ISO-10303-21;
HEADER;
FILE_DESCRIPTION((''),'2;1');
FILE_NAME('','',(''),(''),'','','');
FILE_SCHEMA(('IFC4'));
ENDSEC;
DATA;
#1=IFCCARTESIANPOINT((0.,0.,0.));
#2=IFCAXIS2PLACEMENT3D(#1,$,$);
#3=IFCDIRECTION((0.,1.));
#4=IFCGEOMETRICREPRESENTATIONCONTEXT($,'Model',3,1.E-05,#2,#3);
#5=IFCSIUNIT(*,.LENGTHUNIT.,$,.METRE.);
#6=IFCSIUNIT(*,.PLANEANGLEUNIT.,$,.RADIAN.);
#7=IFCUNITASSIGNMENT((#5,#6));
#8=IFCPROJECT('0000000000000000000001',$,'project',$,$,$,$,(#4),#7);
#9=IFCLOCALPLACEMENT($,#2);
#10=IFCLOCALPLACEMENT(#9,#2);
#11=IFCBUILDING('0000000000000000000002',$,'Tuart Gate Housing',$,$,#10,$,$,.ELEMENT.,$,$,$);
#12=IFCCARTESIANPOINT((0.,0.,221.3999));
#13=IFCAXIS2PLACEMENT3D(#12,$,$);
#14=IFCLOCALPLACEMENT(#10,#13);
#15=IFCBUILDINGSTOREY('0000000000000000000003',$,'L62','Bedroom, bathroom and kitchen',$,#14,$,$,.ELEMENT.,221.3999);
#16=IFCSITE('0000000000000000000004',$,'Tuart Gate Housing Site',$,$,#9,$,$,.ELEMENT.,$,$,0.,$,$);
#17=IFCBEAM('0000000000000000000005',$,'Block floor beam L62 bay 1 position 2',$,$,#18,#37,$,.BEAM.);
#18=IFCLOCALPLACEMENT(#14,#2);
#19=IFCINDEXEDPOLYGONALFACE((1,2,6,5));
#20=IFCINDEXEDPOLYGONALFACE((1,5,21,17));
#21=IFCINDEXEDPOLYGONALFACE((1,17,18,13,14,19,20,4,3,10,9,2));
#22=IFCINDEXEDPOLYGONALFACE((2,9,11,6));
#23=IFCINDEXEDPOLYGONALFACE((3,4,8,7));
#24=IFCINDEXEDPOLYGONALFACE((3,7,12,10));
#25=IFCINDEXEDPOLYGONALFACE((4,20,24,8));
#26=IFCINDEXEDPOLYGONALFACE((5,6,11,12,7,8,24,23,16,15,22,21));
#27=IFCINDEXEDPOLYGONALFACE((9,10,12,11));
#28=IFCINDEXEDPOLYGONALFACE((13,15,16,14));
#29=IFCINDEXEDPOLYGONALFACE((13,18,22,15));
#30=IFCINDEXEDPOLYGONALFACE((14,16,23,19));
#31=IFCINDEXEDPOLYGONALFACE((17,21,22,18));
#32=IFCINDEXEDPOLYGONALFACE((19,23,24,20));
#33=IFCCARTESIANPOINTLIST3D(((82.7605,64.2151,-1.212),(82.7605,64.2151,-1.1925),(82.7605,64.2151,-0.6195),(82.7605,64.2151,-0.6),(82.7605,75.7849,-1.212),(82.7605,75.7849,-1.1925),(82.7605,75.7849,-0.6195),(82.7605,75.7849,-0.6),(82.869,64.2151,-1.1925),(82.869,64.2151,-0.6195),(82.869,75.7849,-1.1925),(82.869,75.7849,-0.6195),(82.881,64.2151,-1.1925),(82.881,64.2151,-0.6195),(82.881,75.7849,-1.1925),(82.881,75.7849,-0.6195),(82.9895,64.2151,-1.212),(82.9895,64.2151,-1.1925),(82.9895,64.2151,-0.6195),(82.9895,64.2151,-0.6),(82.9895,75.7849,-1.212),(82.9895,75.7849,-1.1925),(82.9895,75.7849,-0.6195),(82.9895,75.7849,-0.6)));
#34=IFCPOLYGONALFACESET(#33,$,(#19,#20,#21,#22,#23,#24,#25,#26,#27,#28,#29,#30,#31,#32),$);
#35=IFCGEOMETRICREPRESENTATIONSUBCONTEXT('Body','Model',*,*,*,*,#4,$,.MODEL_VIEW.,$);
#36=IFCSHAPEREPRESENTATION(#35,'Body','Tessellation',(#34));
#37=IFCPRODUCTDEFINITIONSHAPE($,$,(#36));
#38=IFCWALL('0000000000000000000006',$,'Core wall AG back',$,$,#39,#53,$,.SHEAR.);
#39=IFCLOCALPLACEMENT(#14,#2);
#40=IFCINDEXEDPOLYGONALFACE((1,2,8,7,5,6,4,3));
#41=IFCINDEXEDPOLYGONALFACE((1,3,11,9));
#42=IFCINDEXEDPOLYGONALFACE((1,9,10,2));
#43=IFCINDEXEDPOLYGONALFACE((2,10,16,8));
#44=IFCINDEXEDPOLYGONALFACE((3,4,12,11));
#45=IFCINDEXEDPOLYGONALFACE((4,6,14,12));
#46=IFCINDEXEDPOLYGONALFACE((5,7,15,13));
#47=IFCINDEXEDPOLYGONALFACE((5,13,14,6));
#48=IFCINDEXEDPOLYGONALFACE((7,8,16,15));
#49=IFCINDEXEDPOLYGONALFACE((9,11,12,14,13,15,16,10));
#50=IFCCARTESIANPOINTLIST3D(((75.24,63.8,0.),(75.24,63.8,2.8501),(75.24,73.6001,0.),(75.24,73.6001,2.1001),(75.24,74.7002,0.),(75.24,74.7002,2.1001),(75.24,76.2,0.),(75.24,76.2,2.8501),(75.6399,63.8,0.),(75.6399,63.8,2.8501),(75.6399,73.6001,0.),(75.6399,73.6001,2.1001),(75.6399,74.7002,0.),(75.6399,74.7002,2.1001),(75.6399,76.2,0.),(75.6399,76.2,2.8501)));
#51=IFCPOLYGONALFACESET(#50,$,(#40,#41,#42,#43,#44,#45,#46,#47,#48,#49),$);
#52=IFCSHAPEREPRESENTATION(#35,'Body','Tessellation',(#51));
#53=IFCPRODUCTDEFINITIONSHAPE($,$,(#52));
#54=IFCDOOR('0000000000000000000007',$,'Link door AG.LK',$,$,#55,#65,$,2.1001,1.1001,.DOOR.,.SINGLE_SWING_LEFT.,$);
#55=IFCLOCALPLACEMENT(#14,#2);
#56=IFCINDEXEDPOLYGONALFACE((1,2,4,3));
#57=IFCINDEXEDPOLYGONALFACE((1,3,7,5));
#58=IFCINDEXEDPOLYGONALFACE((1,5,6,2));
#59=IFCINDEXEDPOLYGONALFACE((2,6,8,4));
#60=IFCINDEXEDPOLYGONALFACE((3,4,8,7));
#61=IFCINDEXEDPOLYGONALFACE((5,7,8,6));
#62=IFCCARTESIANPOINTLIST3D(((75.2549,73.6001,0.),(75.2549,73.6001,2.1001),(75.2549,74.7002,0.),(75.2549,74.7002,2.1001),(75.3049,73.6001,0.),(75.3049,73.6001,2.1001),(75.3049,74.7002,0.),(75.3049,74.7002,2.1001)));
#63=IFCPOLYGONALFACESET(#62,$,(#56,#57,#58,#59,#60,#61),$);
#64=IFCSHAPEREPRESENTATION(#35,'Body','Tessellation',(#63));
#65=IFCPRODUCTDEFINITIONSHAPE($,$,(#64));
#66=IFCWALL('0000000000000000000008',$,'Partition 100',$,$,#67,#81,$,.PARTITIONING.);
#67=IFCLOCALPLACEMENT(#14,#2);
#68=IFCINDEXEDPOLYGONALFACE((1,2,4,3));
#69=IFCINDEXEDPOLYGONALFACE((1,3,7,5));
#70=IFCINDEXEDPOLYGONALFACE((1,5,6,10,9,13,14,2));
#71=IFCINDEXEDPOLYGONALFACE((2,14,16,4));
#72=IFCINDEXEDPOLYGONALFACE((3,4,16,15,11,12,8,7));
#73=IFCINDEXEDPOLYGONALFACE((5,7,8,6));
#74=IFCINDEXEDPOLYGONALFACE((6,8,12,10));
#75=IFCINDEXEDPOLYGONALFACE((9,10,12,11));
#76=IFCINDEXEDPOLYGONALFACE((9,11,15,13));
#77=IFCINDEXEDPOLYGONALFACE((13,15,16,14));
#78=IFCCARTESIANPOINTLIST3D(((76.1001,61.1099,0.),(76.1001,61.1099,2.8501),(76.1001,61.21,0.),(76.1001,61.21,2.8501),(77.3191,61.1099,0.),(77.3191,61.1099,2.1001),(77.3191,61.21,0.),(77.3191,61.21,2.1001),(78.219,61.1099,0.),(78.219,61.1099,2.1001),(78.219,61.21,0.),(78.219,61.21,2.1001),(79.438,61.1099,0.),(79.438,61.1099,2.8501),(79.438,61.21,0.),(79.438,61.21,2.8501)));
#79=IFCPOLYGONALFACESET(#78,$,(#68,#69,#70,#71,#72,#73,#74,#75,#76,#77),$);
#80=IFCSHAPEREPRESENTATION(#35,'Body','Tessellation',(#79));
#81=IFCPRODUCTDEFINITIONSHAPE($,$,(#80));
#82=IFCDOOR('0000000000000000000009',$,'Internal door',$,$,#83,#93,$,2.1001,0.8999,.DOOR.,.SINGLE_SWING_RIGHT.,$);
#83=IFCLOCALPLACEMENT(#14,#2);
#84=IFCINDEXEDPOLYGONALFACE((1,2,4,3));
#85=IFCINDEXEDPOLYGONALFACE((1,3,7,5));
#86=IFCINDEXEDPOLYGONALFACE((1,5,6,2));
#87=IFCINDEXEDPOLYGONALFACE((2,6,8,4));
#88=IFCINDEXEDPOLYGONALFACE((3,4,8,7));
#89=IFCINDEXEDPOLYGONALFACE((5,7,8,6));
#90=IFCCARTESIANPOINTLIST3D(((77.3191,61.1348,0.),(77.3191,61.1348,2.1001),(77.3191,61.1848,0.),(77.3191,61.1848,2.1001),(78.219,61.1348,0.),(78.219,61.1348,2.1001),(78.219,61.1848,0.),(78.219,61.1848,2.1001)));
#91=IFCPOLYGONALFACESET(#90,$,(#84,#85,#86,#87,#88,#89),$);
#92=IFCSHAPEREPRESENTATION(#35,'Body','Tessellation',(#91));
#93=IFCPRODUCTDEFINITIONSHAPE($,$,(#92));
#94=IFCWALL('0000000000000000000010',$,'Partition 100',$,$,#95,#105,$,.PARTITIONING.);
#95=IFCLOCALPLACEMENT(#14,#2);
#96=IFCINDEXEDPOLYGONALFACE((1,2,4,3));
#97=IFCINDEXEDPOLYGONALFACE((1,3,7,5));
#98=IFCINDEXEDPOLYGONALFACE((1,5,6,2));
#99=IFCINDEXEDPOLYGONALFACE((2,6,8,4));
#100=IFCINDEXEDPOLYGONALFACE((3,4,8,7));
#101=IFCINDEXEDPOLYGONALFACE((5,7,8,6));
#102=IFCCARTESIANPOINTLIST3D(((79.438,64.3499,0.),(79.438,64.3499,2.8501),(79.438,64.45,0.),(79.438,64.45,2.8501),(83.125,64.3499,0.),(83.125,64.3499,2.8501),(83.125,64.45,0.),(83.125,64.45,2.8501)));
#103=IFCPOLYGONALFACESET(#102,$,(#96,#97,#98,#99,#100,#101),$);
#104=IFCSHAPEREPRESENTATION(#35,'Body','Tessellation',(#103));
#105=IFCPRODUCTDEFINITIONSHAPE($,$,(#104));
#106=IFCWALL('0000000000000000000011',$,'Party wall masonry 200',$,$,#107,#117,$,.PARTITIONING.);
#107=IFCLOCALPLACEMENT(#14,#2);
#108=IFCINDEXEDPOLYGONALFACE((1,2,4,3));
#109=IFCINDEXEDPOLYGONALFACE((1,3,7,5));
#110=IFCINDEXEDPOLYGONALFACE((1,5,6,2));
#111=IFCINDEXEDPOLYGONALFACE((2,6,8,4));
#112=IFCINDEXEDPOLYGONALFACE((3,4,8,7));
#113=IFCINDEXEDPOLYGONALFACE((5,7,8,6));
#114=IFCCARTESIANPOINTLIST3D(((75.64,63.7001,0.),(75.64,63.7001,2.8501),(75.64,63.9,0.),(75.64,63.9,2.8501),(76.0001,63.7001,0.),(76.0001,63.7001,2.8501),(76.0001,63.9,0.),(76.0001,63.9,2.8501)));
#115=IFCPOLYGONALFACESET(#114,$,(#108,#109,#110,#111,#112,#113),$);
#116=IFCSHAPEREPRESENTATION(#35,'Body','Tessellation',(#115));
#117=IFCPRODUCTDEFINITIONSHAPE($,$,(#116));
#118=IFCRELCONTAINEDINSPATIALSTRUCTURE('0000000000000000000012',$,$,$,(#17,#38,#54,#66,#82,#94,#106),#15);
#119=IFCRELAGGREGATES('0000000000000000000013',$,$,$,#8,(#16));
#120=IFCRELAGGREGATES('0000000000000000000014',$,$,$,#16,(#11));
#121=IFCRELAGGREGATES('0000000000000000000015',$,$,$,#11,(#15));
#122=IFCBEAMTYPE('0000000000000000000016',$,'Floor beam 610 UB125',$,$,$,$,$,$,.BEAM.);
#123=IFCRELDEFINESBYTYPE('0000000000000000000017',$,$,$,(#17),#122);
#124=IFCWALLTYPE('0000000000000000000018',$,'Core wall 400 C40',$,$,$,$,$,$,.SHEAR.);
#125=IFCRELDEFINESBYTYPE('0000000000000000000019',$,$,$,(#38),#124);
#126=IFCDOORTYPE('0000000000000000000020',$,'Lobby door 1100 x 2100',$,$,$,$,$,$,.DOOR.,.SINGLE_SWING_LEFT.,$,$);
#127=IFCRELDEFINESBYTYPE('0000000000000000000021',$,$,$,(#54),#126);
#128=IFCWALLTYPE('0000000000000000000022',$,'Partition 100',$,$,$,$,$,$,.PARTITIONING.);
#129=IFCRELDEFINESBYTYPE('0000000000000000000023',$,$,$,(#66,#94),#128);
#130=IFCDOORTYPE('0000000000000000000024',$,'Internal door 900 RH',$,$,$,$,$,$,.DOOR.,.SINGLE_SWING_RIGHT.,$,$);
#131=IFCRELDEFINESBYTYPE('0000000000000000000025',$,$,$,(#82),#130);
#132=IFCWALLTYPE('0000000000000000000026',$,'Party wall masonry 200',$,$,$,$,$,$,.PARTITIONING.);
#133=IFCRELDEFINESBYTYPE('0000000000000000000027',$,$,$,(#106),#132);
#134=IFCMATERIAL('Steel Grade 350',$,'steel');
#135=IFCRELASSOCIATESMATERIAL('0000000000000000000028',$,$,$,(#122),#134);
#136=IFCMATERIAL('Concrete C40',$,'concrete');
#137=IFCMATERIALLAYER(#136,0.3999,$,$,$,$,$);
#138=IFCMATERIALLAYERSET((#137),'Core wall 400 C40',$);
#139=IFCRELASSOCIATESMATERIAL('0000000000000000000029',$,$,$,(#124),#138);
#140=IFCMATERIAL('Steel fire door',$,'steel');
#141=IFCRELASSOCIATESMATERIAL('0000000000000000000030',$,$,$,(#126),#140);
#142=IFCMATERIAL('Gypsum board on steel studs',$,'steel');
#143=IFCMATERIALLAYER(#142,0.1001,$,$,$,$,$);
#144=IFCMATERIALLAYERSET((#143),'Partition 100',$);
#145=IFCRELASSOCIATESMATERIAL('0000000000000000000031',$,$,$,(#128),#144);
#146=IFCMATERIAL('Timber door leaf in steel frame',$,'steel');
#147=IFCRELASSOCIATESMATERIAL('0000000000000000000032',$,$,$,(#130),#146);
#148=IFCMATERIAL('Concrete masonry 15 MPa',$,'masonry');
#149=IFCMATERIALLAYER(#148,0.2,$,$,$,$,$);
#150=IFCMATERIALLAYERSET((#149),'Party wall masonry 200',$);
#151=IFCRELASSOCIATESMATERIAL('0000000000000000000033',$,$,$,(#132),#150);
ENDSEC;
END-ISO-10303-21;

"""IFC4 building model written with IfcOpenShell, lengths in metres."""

from ifc_helpers import new_model, si_unit, direction, frame, frame_2d, origin, origin_2d, place, context, subcontext, project, spatial, rectangle, i_section, extrude, material, layer, layer_set, material_profile, profile_set, type_object, element, fill, save


model = new_model("IFC4")

# Units and contexts
model_context = context("Model", 3, precision=1e-05, world=origin(), true_north=direction((0.0, 1.0)))
body_context = subcontext(model_context, "Body", "Model", "MODEL_VIEW")
ifc_project = project(units=[si_unit("LENGTHUNIT", "METRE"), si_unit("PLANEANGLEUNIT", "RADIAN")], contexts=[model_context])

# Site, building, storey
site_placement = place(None, origin())
site = spatial("IfcSite", under=ifc_project, at=site_placement, Name="Tuart Gate Housing Site", CompositionType="ELEMENT", RefElevation=0.0)
building_placement = place(site_placement, origin())
building = spatial("IfcBuilding", under=site, at=building_placement, Name="Tuart Gate Housing", CompositionType="ELEMENT")
storey_placement = place(building_placement, frame((0.0, 0.0, 221.3999)))
storey = spatial("IfcBuildingStorey", under=building, at=storey_placement, Name="L62", Description="Bedroom, bathroom and kitchen", CompositionType="ELEMENT", Elevation=221.3999)

# Beam
ifc_material_1 = material(Name="Steel Grade 350", Category="steel")
ifc_material_profile = material_profile(ifc_material_1, i_section(OverallWidth=0.229, OverallDepth=0.6121, WebThickness=0.012, FlangeThickness=0.0195, at=origin_2d()), Name="610UB125")
ifc_profile_set = profile_set([ifc_material_profile], Name="Steel Grade 350")
beam_type = type_object("IfcBeamType", Name="Floor beam 610 UB125", PredefinedType="BEAM", material=ifc_profile_set)
beam_placement = place(storey_placement, frame((82.875, 64.2151, -0.906), z_axis=(0.0, 1.0, 0.0), x_axis=(-1.0, 0.0, 0.0)))
element("IfcBeam", 1, at=beam_placement, inside=storey, type_object=beam_type, Name="Block floor beam L62 bay 1 position 2", PredefinedType="BEAM", context=body_context, shape_type="SweptSolid", body=[
    extrude(i_section(OverallWidth=0.229, OverallDepth=0.6121, WebThickness=0.012, FlangeThickness=0.0195, at=origin_2d()), origin(), (0.0, 0.0, 1.0), 11.5698),
])

# Walls, openings, doors
ifc_material_2 = material(Name="Concrete C40", Category="concrete")
ifc_layer_1 = layer(ifc_material_2, 0.3999)
ifc_layer_set_1 = layer_set([ifc_layer_1], Name="Core wall 400 C40")
wall_type_1 = type_object("IfcWallType", Name="Core wall 400 C40", PredefinedType="SHEAR", material=ifc_layer_set_1)
wall_1_placement = place(storey_placement, frame((75.4399, 63.8, 0.0), z_axis=(0.0, 0.0, 1.0), x_axis=(0.0, 1.0, 0.0)))
wall_1 = element("IfcWall", 2, at=wall_1_placement, inside=storey, type_object=wall_type_1, Name="Core wall AG back", PredefinedType="SHEAR", context=body_context, shape_type="SweptSolid", body=[
    extrude(rectangle(XDim=12.3999, YDim=0.3999, at=frame_2d((6.2, 0.0))), origin(), (0.0, 0.0, 1.0), 2.8501),
])
opening_1_placement = place(wall_1_placement, frame((9.8, 0.0, 0.0)))
opening_1 = element("IfcOpeningElement", 3, at=opening_1_placement, cuts=wall_1, PredefinedType="OPENING", context=body_context, shape_type="SweptSolid", body=[
    extrude(rectangle(XDim=1.1001, YDim=2.1001, at=frame_2d((0.55, 1.05))), frame((0.0, 0.21, 0.0), z_axis=(0.0, -1.0, 0.0), x_axis=(1.0, 0.0, 0.0)), (0.0, 0.0, 1.0), 0.4199),
])
ifc_material_3 = material(Name="Steel fire door", Category="steel")
door_type_1 = type_object("IfcDoorType", Name="Lobby door 1100 x 2100", OperationType="SINGLE_SWING_LEFT", PredefinedType="DOOR", material=ifc_material_3)
door_1_placement = place(opening_1_placement, origin())
door_1 = element("IfcDoor", 4, at=door_1_placement, inside=storey, type_object=door_type_1, Name="Link door AG.LK", OperationType="SINGLE_SWING_LEFT", OverallHeight=2.1001, OverallWidth=1.1001, PredefinedType="DOOR", context=body_context, shape_type="SweptSolid", body=[
    extrude(rectangle(XDim=1.1001, YDim=2.1001, at=frame_2d((0.55, 1.05))), frame((0.0, 0.1851, 0.0), z_axis=(0.0, -1.0, 0.0), x_axis=(1.0, 0.0, 0.0)), (0.0, 0.0, 1.0), 0.05),
])
fill(opening_1, door_1)
ifc_material_4 = material(Name="Gypsum board on steel studs", Category="steel")
ifc_layer_2 = layer(ifc_material_4, 0.1001)
ifc_layer_set_2 = layer_set([ifc_layer_2], Name="Partition 100")
wall_type_2 = type_object("IfcWallType", Name="Partition 100", PredefinedType="PARTITIONING", material=ifc_layer_set_2)
wall_2_placement = place(storey_placement, frame((76.1001, 61.1599, 0.0), z_axis=(0.0, 0.0, 1.0), x_axis=(1.0, 0.0, 0.0)))
wall_2 = element("IfcWall", 5, at=wall_2_placement, inside=storey, type_object=wall_type_2, Name="Partition 100", PredefinedType="PARTITIONING", context=body_context, shape_type="SweptSolid", body=[
    extrude(rectangle(XDim=3.3379, YDim=0.1001, at=frame_2d((1.6689, 0.0))), origin(), (0.0, 0.0, 1.0), 2.8501),
])
opening_2_placement = place(wall_2_placement, frame((1.219, 0.0, 0.0)))
opening_2 = element("IfcOpeningElement", 6, at=opening_2_placement, cuts=wall_2, PredefinedType="OPENING", context=body_context, shape_type="SweptSolid", body=[
    extrude(rectangle(XDim=0.8999, YDim=2.1001, at=frame_2d((0.45, 1.05))), frame((0.0, 0.0601, 0.0), z_axis=(0.0, -1.0, 0.0), x_axis=(1.0, 0.0, 0.0)), (0.0, 0.0, 1.0), 0.1201),
])
ifc_material_5 = material(Name="Timber door leaf in steel frame", Category="steel")
door_type_2 = type_object("IfcDoorType", Name="Internal door 900 RH", OperationType="SINGLE_SWING_RIGHT", PredefinedType="DOOR", material=ifc_material_5)
door_2_placement = place(opening_2_placement, origin())
door_2 = element("IfcDoor", 7, at=door_2_placement, inside=storey, type_object=door_type_2, Name="Internal door", OperationType="SINGLE_SWING_RIGHT", OverallHeight=2.1001, OverallWidth=0.8999, PredefinedType="DOOR", context=body_context, shape_type="SweptSolid", body=[
    extrude(rectangle(XDim=0.8999, YDim=2.1001, at=frame_2d((0.45, 1.05))), frame((0.0, 0.0249, 0.0), z_axis=(0.0, -1.0, 0.0), x_axis=(1.0, 0.0, 0.0)), (0.0, 0.0, 1.0), 0.05),
])
fill(opening_2, door_2)

# Walls
wall_3_placement = place(storey_placement, frame((79.438, 64.3999, 0.0), z_axis=(0.0, 0.0, 1.0), x_axis=(1.0, 0.0, 0.0)))
element("IfcWall", 8, at=wall_3_placement, inside=storey, type_object=wall_type_2, Name="Partition 100", PredefinedType="PARTITIONING", context=body_context, shape_type="SweptSolid", body=[
    extrude(rectangle(XDim=3.687, YDim=0.1001, at=frame_2d((1.8435, 0.0))), origin(), (0.0, 0.0, 1.0), 2.8501),
])
ifc_material_6 = material(Name="Concrete masonry 15 MPa", Category="masonry")
ifc_layer_3 = layer(ifc_material_6, 0.2)
ifc_layer_set_3 = layer_set([ifc_layer_3], Name="Party wall masonry 200")
wall_type_3 = type_object("IfcWallType", Name="Party wall masonry 200", PredefinedType="PARTITIONING", material=ifc_layer_set_3)
wall_4_placement = place(storey_placement, frame((75.6399, 63.8, 0.0), z_axis=(0.0, 0.0, 1.0), x_axis=(1.0, 0.0, 0.0)))
element("IfcWall", 9, at=wall_4_placement, inside=storey, type_object=wall_type_3, Name="Party wall masonry 200", PredefinedType="PARTITIONING", context=body_context, shape_type="SweptSolid", body=[
    extrude(rectangle(XDim=0.3601, YDim=0.2, at=frame_2d((0.1802, 0.0))), origin(), (0.0, 0.0, 1.0), 2.8501),
])

save(model, "model.ifc")
